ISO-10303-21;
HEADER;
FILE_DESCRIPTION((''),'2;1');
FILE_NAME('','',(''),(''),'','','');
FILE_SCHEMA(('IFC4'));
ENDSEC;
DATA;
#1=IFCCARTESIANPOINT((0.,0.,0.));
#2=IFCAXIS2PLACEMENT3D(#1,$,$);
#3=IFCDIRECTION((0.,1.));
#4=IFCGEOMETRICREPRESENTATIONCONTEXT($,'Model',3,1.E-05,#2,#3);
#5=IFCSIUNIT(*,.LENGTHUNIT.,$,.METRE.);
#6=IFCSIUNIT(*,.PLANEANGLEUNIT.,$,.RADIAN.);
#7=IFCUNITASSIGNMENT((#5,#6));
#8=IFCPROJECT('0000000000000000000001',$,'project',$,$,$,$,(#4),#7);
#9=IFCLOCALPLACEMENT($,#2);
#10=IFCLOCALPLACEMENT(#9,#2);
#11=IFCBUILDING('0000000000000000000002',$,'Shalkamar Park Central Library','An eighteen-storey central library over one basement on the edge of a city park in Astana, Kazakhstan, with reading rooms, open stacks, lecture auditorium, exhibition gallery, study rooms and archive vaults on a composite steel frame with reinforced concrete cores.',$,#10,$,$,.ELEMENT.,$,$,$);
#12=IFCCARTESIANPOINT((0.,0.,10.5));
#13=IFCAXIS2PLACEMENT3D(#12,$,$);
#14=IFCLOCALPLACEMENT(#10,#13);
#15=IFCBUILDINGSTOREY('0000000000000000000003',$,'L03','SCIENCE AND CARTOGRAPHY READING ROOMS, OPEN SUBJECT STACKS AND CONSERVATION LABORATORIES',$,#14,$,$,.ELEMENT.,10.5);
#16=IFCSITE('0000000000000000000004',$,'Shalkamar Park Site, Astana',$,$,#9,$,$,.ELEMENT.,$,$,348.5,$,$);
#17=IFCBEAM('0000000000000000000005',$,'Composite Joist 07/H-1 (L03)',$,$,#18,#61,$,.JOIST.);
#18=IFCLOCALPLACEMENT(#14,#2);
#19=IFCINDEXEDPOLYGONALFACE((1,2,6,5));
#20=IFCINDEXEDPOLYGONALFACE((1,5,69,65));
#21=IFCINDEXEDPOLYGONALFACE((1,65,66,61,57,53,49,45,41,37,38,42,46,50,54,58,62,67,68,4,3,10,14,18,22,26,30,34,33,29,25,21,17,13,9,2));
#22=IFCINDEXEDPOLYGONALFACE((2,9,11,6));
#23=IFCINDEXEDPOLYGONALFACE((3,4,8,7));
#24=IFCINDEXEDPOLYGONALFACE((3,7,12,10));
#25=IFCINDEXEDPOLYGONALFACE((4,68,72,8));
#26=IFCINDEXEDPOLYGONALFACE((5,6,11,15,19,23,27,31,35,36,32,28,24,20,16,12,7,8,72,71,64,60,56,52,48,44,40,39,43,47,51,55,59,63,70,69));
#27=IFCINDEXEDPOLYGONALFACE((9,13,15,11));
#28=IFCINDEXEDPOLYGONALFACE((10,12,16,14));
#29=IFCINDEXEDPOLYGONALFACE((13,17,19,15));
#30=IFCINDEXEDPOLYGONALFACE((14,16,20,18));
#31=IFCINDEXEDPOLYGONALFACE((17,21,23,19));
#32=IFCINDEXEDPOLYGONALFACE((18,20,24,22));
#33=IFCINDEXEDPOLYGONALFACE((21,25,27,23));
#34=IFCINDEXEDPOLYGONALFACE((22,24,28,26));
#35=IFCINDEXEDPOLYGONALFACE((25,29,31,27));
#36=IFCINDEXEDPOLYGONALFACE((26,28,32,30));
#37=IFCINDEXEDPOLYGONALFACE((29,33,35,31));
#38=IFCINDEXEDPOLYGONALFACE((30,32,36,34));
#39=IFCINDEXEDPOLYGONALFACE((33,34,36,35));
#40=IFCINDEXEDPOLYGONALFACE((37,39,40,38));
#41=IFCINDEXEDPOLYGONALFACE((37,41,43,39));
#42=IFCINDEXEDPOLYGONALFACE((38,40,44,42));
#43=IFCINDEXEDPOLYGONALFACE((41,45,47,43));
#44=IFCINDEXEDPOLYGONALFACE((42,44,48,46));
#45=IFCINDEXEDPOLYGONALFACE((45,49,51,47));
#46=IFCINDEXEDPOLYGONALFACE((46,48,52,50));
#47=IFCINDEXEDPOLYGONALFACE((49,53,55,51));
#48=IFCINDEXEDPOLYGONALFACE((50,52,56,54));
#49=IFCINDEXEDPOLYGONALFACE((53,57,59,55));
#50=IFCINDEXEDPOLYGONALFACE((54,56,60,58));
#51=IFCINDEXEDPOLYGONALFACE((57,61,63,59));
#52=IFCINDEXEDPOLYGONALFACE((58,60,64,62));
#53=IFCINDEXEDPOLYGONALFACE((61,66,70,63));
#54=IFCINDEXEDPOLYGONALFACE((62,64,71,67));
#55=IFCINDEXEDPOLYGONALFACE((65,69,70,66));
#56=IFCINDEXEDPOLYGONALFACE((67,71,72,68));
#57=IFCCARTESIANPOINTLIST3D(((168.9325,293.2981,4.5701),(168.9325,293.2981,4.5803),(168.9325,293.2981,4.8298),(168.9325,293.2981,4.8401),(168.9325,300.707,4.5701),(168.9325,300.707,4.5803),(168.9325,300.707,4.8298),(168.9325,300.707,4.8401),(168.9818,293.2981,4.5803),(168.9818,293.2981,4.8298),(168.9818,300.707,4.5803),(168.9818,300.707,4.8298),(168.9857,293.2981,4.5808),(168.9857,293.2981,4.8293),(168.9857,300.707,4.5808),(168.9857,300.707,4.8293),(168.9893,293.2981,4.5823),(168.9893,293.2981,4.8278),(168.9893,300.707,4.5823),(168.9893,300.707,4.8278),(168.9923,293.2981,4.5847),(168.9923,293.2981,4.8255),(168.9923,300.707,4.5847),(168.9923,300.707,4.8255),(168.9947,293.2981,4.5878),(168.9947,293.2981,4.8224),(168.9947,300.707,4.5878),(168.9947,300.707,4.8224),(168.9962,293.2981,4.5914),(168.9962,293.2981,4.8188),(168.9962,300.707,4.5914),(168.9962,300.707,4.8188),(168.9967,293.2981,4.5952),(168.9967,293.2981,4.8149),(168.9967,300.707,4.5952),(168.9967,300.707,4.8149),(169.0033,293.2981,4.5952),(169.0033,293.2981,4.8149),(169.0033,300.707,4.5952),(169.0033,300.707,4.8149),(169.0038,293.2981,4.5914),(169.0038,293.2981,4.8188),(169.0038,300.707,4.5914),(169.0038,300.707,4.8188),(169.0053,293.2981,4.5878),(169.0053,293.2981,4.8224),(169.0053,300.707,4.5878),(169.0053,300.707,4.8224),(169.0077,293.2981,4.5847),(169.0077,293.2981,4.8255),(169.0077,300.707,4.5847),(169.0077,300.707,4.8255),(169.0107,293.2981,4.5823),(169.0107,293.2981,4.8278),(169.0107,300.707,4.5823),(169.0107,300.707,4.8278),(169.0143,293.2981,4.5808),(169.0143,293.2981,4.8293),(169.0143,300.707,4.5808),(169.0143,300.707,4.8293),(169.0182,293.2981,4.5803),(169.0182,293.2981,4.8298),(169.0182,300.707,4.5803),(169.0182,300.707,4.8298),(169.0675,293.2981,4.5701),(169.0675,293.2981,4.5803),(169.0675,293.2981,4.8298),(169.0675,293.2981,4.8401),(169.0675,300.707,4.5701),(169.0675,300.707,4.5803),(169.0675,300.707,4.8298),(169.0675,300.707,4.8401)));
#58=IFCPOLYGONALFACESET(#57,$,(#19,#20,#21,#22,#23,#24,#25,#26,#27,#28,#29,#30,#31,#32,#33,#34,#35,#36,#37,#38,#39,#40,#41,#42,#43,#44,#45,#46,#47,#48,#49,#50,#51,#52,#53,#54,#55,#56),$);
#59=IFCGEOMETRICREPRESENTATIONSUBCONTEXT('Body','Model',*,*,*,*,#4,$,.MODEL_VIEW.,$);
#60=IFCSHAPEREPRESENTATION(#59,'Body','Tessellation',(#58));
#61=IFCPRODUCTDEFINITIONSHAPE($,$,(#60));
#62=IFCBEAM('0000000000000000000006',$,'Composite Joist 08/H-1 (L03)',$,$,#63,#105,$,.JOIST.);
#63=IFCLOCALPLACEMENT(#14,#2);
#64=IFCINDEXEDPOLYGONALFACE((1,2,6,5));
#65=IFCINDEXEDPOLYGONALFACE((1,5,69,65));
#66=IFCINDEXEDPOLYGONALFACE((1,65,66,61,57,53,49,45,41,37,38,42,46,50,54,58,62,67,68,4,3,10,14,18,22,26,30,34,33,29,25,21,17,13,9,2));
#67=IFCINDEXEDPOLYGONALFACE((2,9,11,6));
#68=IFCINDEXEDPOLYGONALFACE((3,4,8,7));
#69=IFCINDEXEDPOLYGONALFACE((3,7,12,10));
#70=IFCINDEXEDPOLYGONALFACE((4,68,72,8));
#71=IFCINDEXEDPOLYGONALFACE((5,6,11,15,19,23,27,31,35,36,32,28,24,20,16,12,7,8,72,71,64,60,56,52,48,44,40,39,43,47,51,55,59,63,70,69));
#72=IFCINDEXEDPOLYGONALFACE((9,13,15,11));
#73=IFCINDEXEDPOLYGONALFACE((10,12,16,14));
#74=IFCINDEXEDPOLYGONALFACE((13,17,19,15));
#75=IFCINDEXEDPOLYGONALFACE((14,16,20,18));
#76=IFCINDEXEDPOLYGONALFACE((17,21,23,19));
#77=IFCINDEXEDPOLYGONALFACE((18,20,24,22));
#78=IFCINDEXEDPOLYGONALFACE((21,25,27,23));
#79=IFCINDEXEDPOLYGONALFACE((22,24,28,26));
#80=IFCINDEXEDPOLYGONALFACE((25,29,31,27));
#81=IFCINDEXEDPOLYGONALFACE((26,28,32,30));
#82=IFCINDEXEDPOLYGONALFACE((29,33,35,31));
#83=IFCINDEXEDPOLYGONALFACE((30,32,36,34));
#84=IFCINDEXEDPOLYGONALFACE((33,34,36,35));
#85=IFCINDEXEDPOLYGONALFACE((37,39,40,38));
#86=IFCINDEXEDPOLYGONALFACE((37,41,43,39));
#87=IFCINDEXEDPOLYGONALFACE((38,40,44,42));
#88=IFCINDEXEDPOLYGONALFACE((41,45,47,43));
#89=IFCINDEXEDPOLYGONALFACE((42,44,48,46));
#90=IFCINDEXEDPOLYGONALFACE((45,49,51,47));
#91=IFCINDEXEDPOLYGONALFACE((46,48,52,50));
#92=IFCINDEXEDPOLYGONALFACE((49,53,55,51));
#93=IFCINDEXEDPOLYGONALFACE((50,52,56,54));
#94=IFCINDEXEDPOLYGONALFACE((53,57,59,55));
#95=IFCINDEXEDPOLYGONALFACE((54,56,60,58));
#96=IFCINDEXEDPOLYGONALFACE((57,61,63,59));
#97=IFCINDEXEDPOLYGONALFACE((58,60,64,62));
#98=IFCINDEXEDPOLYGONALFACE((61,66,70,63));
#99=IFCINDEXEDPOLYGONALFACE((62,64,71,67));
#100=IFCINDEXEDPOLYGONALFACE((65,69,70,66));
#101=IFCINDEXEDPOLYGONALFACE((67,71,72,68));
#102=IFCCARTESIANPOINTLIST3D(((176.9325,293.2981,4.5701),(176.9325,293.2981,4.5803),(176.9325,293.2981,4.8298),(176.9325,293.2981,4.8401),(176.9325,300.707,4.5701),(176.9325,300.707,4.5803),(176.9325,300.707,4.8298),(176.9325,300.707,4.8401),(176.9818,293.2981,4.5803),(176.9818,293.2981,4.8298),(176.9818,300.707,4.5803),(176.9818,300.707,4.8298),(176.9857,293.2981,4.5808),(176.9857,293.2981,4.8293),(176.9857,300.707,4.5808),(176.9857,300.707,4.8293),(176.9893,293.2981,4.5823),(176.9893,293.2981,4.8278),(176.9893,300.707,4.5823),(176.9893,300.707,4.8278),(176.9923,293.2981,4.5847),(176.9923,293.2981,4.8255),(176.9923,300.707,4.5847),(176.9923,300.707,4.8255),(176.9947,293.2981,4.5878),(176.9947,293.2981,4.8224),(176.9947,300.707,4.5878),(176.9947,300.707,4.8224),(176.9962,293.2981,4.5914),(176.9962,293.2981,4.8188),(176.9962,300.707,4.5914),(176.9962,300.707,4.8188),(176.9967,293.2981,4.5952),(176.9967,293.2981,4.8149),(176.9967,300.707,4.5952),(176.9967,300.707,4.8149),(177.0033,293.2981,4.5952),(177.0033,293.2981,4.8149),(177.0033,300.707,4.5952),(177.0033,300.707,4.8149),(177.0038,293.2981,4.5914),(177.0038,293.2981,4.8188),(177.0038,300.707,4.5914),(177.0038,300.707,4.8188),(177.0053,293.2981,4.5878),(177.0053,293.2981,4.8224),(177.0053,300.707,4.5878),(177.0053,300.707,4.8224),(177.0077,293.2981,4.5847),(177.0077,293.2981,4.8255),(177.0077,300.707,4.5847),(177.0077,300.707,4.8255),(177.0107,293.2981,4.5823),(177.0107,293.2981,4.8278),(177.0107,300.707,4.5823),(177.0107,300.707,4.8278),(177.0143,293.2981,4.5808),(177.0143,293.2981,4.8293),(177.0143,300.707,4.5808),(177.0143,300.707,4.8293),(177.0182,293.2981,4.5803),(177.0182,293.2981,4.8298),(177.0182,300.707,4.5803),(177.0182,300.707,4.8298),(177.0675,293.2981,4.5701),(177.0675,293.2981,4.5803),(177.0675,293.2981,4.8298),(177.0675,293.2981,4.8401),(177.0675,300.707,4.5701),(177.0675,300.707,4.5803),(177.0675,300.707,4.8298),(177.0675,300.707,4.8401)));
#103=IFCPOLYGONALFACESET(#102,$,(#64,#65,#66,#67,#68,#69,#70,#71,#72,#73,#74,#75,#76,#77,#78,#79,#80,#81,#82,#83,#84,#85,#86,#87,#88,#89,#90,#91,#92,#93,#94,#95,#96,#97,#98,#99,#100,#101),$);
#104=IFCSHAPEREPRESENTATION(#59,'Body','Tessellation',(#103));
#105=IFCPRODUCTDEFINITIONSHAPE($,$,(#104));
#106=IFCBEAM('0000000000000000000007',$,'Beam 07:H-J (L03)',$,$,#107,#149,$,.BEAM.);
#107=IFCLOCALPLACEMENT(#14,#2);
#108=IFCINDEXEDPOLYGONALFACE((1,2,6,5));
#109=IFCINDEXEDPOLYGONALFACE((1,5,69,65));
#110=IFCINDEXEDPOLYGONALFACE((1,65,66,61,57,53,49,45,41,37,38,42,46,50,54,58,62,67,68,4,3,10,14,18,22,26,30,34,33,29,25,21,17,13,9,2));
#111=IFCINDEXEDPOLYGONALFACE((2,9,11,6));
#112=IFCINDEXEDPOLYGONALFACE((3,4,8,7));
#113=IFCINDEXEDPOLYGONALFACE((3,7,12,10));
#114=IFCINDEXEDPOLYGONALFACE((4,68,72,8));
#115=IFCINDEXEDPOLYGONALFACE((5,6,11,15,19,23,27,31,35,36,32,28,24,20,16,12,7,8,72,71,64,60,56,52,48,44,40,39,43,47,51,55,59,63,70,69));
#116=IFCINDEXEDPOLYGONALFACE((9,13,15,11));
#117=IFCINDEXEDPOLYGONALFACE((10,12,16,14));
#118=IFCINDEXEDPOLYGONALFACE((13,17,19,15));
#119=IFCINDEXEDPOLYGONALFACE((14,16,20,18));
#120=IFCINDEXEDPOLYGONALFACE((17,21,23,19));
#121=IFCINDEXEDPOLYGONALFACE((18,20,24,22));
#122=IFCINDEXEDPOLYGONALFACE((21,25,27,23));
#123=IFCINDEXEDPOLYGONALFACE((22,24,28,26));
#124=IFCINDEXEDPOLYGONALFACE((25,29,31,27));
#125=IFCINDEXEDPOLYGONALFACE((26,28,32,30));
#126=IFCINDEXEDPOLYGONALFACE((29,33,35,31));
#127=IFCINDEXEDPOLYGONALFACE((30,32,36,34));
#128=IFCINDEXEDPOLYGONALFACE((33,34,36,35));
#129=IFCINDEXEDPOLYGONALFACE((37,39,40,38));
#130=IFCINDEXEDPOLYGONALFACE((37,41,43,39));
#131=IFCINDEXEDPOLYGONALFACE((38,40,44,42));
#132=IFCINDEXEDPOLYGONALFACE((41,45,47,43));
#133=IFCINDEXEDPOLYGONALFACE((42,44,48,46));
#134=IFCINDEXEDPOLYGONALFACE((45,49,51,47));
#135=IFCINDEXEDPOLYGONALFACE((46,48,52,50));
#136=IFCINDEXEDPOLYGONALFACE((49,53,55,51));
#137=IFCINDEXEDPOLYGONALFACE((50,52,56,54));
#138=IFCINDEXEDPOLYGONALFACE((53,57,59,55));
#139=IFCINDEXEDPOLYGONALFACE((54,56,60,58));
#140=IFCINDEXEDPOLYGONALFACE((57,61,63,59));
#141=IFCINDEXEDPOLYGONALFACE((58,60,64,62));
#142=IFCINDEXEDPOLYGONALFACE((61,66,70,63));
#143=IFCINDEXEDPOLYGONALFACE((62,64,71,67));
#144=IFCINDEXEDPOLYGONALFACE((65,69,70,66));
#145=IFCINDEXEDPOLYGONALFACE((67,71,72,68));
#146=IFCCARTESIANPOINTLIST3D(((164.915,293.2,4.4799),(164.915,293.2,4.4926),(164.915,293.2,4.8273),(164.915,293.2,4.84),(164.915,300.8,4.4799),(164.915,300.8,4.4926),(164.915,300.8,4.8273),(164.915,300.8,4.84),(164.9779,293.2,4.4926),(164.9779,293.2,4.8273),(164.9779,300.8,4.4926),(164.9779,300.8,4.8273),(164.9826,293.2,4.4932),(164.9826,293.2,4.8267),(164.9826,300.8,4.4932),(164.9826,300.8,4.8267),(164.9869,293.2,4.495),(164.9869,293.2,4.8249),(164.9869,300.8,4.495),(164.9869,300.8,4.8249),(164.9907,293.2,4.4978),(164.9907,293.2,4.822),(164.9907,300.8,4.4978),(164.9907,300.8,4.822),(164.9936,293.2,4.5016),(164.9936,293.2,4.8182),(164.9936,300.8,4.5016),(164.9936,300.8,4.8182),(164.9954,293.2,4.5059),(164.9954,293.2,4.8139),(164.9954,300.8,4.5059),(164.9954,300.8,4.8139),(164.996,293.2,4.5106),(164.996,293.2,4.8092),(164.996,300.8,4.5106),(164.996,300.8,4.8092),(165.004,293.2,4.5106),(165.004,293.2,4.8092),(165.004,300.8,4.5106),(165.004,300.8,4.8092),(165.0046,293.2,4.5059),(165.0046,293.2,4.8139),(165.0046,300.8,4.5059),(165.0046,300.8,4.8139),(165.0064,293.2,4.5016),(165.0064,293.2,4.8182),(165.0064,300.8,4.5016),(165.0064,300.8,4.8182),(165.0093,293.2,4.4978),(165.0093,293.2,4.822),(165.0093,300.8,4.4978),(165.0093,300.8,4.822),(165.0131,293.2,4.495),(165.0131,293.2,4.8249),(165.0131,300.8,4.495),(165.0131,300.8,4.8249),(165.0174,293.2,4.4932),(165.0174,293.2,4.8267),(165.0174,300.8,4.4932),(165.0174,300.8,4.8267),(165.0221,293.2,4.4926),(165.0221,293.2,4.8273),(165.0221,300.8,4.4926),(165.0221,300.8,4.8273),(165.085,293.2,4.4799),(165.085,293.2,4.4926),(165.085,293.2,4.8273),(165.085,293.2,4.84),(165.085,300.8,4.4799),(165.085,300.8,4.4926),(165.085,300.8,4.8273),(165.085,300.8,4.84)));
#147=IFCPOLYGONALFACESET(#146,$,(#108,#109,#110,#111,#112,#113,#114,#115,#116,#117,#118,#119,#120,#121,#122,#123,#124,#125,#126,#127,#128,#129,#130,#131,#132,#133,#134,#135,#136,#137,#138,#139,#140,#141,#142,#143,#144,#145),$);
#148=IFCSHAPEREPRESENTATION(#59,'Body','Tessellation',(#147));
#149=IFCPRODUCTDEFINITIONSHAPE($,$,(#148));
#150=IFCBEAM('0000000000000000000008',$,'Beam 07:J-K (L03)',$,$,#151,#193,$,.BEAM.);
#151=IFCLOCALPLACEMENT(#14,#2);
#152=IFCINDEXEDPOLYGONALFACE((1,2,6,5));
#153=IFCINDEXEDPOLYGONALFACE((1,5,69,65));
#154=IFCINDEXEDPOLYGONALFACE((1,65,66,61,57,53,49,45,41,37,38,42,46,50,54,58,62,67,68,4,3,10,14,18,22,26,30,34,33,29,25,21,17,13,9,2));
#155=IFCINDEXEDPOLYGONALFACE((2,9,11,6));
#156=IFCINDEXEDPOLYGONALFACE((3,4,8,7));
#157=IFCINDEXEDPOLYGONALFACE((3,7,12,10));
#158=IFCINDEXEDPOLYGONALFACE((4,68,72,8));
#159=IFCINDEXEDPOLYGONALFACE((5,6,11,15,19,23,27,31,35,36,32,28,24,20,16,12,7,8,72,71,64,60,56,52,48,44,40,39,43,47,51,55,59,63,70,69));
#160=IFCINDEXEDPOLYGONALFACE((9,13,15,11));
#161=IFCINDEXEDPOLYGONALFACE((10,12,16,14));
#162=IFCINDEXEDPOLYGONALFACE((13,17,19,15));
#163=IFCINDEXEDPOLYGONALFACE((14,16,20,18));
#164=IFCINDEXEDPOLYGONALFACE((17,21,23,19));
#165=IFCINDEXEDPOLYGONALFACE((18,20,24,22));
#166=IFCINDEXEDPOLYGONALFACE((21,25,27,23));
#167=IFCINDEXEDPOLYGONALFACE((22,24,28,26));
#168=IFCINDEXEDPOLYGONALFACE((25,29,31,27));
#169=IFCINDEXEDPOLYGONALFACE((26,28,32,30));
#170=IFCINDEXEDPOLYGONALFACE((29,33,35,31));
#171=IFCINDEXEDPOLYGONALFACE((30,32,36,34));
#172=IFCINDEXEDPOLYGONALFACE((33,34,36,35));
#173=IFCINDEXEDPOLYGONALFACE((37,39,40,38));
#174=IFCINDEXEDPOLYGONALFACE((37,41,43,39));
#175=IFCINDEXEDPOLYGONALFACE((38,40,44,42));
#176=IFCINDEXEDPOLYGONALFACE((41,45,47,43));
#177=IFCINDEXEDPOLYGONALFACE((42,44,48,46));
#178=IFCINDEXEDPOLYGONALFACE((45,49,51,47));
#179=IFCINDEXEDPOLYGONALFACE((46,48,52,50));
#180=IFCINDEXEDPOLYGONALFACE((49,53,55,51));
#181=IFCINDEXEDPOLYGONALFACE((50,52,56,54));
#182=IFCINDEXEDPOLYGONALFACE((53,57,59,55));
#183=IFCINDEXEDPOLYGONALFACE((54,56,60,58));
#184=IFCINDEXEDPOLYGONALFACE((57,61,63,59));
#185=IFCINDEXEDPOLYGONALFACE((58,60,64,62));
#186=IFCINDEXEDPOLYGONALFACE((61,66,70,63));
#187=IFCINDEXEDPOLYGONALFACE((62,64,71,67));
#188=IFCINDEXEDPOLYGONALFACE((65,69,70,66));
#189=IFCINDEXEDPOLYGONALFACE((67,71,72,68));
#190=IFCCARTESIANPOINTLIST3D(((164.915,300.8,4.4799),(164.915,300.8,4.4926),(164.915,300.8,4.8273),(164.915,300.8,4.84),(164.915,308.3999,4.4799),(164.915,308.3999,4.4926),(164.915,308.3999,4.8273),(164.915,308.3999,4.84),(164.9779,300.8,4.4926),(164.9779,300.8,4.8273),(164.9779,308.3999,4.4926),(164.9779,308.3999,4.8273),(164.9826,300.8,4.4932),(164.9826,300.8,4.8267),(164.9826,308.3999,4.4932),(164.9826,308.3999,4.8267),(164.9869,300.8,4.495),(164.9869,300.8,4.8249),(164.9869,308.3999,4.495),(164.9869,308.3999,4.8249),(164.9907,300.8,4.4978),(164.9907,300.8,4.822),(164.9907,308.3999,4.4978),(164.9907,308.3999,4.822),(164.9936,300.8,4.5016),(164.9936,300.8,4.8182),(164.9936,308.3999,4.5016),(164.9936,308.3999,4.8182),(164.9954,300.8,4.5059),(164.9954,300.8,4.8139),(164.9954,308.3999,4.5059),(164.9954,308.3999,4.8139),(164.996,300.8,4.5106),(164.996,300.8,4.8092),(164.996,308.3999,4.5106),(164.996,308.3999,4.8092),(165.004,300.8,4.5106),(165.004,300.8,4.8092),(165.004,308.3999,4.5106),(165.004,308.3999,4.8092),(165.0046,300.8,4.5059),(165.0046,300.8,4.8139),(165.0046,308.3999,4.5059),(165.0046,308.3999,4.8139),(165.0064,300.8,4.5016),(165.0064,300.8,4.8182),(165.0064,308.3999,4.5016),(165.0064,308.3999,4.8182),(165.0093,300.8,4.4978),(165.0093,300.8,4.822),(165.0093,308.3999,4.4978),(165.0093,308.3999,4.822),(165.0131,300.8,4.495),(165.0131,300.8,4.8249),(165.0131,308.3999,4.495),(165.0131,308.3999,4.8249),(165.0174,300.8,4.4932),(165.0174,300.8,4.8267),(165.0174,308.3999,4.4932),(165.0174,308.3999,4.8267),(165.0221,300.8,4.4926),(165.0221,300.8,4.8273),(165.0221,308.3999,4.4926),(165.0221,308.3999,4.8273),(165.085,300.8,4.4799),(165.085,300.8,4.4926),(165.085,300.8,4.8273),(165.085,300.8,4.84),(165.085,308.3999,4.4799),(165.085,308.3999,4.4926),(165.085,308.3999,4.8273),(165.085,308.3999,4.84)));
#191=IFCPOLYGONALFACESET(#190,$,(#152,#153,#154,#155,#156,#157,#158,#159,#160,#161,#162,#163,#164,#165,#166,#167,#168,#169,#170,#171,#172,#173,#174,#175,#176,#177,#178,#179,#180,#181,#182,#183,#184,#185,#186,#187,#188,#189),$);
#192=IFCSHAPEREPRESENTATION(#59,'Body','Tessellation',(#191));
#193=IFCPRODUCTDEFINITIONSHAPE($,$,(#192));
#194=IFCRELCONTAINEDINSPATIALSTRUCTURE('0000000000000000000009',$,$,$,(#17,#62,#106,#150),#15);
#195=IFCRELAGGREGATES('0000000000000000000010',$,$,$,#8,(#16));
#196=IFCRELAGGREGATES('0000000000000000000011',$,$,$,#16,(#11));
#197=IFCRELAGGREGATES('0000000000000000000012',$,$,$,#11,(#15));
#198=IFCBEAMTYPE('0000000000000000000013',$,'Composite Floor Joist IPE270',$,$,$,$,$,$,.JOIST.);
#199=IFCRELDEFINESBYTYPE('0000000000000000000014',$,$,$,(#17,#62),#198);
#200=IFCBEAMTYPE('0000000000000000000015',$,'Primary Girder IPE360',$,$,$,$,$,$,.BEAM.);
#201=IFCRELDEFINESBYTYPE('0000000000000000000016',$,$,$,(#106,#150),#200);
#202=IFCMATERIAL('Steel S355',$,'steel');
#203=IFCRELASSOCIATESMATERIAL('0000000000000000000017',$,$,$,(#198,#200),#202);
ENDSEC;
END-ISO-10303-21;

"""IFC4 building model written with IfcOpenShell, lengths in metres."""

from ifc_helpers import new_model, si_unit, direction, frame, origin, origin_2d, place, context, subcontext, project, spatial, i_section, extrude, material, material_profile, profile_set, type_object, element, save


model = new_model("IFC4")

# Units and contexts
model_context = context("Model", 3, precision=1e-05, world=origin(), true_north=direction((0.0, 1.0)))
body_context = subcontext(model_context, "Body", "Model", "MODEL_VIEW")
ifc_project = project(units=[si_unit("LENGTHUNIT", "METRE"), si_unit("PLANEANGLEUNIT", "RADIAN")], contexts=[model_context])

# Site, building, storey
site_placement = place(None, origin())
site = spatial("IfcSite", under=ifc_project, at=site_placement, Name="Shalkamar Park Site, Astana", CompositionType="ELEMENT", RefElevation=348.5)
building_placement = place(site_placement, origin())
building = spatial("IfcBuilding", under=site, at=building_placement, Name="Shalkamar Park Central Library", Description="An eighteen-storey central library over one basement on the edge of a city park in Astana, Kazakhstan, with reading rooms, open stacks, lecture auditorium, exhibition gallery, study rooms and archive vaults on a composite steel frame with reinforced concrete cores.", CompositionType="ELEMENT")
storey_placement = place(building_placement, frame((0.0, 0.0, 10.5)))
storey = spatial("IfcBuildingStorey", under=building, at=storey_placement, Name="L03", Description="SCIENCE AND CARTOGRAPHY READING ROOMS, OPEN SUBJECT STACKS AND CONSERVATION LABORATORIES", CompositionType="ELEMENT", Elevation=10.5)

# Shared definitions
ifc_material_1 = material(Name="Steel S355", Category="steel")

# Beams
ifc_material_profile_1 = material_profile(ifc_material_1, i_section(OverallWidth=0.135, OverallDepth=0.27, WebThickness=0.0066, FlangeThickness=0.0103, FilletRadius=0.0149, at=origin_2d()), Name="IPE 270")
ifc_profile_set_1 = profile_set([ifc_material_profile_1], Name="Steel S355")
beam_type_1 = type_object("IfcBeamType", Name="Composite Floor Joist IPE270", PredefinedType="JOIST", material=ifc_profile_set_1)
for number, where, z_axis, x_axis, name in (
    (1, (169.0, 293.2981, 4.7051), (0.0, 1.0, 0.0), (-1.0, 0.0, 0.0), "Composite Joist 07/H-1 (L03)"),
    (2, (177.0, 293.2981, 4.7051), (0.0, 1.0, 0.0), (-1.0, 0.0, 0.0), "Composite Joist 08/H-1 (L03)"),
):
    element("IfcBeam", number, at=place(storey_placement, frame(where, z_axis=z_axis, x_axis=x_axis)), inside=storey, type_object=beam_type_1, Name=name, PredefinedType="JOIST", context=body_context, shape_type="SweptSolid", body=[
        extrude(i_section(OverallWidth=0.135, OverallDepth=0.27, WebThickness=0.0066, FlangeThickness=0.0103, FilletRadius=0.0149, at=origin_2d()), origin(), (0.0, 0.0, 1.0), 7.4089),
    ])
ifc_material_profile_2 = material_profile(ifc_material_1, i_section(OverallWidth=0.1699, OverallDepth=0.3601, WebThickness=0.0081, FlangeThickness=0.0127, FilletRadius=0.0181, at=origin_2d()), Name="IPE 360")
ifc_profile_set_2 = profile_set([ifc_material_profile_2], Name="Steel S355")
beam_type_2 = type_object("IfcBeamType", Name="Primary Girder IPE360", PredefinedType="BEAM", material=ifc_profile_set_2)
beam_1_placement = place(storey_placement, frame((165.0, 293.2, 4.6599), z_axis=(0.0, 1.0, 0.0), x_axis=(-1.0, 0.0, 0.0)))
element("IfcBeam", 3, at=beam_1_placement, inside=storey, type_object=beam_type_2, Name="Beam 07:H-J (L03)", PredefinedType="BEAM", context=body_context, shape_type="SweptSolid", body=[
    extrude(i_section(OverallWidth=0.1699, OverallDepth=0.3601, WebThickness=0.0081, FlangeThickness=0.0127, FilletRadius=0.0181, at=origin_2d()), origin(), (0.0, 0.0, 1.0), 7.6001),
])
beam_2_placement = place(storey_placement, frame((165.0, 300.8, 4.6599), z_axis=(0.0, 1.0, 0.0), x_axis=(-1.0, 0.0, 0.0)))
element("IfcBeam", 4, at=beam_2_placement, inside=storey, type_object=beam_type_2, Name="Beam 07:J-K (L03)", PredefinedType="BEAM", context=body_context, shape_type="SweptSolid", body=[
    extrude(i_section(OverallWidth=0.1699, OverallDepth=0.3601, WebThickness=0.0081, FlangeThickness=0.0127, FilletRadius=0.0181, at=origin_2d()), origin(), (0.0, 0.0, 1.0), 7.5999),
])

save(model, "model.ifc")
